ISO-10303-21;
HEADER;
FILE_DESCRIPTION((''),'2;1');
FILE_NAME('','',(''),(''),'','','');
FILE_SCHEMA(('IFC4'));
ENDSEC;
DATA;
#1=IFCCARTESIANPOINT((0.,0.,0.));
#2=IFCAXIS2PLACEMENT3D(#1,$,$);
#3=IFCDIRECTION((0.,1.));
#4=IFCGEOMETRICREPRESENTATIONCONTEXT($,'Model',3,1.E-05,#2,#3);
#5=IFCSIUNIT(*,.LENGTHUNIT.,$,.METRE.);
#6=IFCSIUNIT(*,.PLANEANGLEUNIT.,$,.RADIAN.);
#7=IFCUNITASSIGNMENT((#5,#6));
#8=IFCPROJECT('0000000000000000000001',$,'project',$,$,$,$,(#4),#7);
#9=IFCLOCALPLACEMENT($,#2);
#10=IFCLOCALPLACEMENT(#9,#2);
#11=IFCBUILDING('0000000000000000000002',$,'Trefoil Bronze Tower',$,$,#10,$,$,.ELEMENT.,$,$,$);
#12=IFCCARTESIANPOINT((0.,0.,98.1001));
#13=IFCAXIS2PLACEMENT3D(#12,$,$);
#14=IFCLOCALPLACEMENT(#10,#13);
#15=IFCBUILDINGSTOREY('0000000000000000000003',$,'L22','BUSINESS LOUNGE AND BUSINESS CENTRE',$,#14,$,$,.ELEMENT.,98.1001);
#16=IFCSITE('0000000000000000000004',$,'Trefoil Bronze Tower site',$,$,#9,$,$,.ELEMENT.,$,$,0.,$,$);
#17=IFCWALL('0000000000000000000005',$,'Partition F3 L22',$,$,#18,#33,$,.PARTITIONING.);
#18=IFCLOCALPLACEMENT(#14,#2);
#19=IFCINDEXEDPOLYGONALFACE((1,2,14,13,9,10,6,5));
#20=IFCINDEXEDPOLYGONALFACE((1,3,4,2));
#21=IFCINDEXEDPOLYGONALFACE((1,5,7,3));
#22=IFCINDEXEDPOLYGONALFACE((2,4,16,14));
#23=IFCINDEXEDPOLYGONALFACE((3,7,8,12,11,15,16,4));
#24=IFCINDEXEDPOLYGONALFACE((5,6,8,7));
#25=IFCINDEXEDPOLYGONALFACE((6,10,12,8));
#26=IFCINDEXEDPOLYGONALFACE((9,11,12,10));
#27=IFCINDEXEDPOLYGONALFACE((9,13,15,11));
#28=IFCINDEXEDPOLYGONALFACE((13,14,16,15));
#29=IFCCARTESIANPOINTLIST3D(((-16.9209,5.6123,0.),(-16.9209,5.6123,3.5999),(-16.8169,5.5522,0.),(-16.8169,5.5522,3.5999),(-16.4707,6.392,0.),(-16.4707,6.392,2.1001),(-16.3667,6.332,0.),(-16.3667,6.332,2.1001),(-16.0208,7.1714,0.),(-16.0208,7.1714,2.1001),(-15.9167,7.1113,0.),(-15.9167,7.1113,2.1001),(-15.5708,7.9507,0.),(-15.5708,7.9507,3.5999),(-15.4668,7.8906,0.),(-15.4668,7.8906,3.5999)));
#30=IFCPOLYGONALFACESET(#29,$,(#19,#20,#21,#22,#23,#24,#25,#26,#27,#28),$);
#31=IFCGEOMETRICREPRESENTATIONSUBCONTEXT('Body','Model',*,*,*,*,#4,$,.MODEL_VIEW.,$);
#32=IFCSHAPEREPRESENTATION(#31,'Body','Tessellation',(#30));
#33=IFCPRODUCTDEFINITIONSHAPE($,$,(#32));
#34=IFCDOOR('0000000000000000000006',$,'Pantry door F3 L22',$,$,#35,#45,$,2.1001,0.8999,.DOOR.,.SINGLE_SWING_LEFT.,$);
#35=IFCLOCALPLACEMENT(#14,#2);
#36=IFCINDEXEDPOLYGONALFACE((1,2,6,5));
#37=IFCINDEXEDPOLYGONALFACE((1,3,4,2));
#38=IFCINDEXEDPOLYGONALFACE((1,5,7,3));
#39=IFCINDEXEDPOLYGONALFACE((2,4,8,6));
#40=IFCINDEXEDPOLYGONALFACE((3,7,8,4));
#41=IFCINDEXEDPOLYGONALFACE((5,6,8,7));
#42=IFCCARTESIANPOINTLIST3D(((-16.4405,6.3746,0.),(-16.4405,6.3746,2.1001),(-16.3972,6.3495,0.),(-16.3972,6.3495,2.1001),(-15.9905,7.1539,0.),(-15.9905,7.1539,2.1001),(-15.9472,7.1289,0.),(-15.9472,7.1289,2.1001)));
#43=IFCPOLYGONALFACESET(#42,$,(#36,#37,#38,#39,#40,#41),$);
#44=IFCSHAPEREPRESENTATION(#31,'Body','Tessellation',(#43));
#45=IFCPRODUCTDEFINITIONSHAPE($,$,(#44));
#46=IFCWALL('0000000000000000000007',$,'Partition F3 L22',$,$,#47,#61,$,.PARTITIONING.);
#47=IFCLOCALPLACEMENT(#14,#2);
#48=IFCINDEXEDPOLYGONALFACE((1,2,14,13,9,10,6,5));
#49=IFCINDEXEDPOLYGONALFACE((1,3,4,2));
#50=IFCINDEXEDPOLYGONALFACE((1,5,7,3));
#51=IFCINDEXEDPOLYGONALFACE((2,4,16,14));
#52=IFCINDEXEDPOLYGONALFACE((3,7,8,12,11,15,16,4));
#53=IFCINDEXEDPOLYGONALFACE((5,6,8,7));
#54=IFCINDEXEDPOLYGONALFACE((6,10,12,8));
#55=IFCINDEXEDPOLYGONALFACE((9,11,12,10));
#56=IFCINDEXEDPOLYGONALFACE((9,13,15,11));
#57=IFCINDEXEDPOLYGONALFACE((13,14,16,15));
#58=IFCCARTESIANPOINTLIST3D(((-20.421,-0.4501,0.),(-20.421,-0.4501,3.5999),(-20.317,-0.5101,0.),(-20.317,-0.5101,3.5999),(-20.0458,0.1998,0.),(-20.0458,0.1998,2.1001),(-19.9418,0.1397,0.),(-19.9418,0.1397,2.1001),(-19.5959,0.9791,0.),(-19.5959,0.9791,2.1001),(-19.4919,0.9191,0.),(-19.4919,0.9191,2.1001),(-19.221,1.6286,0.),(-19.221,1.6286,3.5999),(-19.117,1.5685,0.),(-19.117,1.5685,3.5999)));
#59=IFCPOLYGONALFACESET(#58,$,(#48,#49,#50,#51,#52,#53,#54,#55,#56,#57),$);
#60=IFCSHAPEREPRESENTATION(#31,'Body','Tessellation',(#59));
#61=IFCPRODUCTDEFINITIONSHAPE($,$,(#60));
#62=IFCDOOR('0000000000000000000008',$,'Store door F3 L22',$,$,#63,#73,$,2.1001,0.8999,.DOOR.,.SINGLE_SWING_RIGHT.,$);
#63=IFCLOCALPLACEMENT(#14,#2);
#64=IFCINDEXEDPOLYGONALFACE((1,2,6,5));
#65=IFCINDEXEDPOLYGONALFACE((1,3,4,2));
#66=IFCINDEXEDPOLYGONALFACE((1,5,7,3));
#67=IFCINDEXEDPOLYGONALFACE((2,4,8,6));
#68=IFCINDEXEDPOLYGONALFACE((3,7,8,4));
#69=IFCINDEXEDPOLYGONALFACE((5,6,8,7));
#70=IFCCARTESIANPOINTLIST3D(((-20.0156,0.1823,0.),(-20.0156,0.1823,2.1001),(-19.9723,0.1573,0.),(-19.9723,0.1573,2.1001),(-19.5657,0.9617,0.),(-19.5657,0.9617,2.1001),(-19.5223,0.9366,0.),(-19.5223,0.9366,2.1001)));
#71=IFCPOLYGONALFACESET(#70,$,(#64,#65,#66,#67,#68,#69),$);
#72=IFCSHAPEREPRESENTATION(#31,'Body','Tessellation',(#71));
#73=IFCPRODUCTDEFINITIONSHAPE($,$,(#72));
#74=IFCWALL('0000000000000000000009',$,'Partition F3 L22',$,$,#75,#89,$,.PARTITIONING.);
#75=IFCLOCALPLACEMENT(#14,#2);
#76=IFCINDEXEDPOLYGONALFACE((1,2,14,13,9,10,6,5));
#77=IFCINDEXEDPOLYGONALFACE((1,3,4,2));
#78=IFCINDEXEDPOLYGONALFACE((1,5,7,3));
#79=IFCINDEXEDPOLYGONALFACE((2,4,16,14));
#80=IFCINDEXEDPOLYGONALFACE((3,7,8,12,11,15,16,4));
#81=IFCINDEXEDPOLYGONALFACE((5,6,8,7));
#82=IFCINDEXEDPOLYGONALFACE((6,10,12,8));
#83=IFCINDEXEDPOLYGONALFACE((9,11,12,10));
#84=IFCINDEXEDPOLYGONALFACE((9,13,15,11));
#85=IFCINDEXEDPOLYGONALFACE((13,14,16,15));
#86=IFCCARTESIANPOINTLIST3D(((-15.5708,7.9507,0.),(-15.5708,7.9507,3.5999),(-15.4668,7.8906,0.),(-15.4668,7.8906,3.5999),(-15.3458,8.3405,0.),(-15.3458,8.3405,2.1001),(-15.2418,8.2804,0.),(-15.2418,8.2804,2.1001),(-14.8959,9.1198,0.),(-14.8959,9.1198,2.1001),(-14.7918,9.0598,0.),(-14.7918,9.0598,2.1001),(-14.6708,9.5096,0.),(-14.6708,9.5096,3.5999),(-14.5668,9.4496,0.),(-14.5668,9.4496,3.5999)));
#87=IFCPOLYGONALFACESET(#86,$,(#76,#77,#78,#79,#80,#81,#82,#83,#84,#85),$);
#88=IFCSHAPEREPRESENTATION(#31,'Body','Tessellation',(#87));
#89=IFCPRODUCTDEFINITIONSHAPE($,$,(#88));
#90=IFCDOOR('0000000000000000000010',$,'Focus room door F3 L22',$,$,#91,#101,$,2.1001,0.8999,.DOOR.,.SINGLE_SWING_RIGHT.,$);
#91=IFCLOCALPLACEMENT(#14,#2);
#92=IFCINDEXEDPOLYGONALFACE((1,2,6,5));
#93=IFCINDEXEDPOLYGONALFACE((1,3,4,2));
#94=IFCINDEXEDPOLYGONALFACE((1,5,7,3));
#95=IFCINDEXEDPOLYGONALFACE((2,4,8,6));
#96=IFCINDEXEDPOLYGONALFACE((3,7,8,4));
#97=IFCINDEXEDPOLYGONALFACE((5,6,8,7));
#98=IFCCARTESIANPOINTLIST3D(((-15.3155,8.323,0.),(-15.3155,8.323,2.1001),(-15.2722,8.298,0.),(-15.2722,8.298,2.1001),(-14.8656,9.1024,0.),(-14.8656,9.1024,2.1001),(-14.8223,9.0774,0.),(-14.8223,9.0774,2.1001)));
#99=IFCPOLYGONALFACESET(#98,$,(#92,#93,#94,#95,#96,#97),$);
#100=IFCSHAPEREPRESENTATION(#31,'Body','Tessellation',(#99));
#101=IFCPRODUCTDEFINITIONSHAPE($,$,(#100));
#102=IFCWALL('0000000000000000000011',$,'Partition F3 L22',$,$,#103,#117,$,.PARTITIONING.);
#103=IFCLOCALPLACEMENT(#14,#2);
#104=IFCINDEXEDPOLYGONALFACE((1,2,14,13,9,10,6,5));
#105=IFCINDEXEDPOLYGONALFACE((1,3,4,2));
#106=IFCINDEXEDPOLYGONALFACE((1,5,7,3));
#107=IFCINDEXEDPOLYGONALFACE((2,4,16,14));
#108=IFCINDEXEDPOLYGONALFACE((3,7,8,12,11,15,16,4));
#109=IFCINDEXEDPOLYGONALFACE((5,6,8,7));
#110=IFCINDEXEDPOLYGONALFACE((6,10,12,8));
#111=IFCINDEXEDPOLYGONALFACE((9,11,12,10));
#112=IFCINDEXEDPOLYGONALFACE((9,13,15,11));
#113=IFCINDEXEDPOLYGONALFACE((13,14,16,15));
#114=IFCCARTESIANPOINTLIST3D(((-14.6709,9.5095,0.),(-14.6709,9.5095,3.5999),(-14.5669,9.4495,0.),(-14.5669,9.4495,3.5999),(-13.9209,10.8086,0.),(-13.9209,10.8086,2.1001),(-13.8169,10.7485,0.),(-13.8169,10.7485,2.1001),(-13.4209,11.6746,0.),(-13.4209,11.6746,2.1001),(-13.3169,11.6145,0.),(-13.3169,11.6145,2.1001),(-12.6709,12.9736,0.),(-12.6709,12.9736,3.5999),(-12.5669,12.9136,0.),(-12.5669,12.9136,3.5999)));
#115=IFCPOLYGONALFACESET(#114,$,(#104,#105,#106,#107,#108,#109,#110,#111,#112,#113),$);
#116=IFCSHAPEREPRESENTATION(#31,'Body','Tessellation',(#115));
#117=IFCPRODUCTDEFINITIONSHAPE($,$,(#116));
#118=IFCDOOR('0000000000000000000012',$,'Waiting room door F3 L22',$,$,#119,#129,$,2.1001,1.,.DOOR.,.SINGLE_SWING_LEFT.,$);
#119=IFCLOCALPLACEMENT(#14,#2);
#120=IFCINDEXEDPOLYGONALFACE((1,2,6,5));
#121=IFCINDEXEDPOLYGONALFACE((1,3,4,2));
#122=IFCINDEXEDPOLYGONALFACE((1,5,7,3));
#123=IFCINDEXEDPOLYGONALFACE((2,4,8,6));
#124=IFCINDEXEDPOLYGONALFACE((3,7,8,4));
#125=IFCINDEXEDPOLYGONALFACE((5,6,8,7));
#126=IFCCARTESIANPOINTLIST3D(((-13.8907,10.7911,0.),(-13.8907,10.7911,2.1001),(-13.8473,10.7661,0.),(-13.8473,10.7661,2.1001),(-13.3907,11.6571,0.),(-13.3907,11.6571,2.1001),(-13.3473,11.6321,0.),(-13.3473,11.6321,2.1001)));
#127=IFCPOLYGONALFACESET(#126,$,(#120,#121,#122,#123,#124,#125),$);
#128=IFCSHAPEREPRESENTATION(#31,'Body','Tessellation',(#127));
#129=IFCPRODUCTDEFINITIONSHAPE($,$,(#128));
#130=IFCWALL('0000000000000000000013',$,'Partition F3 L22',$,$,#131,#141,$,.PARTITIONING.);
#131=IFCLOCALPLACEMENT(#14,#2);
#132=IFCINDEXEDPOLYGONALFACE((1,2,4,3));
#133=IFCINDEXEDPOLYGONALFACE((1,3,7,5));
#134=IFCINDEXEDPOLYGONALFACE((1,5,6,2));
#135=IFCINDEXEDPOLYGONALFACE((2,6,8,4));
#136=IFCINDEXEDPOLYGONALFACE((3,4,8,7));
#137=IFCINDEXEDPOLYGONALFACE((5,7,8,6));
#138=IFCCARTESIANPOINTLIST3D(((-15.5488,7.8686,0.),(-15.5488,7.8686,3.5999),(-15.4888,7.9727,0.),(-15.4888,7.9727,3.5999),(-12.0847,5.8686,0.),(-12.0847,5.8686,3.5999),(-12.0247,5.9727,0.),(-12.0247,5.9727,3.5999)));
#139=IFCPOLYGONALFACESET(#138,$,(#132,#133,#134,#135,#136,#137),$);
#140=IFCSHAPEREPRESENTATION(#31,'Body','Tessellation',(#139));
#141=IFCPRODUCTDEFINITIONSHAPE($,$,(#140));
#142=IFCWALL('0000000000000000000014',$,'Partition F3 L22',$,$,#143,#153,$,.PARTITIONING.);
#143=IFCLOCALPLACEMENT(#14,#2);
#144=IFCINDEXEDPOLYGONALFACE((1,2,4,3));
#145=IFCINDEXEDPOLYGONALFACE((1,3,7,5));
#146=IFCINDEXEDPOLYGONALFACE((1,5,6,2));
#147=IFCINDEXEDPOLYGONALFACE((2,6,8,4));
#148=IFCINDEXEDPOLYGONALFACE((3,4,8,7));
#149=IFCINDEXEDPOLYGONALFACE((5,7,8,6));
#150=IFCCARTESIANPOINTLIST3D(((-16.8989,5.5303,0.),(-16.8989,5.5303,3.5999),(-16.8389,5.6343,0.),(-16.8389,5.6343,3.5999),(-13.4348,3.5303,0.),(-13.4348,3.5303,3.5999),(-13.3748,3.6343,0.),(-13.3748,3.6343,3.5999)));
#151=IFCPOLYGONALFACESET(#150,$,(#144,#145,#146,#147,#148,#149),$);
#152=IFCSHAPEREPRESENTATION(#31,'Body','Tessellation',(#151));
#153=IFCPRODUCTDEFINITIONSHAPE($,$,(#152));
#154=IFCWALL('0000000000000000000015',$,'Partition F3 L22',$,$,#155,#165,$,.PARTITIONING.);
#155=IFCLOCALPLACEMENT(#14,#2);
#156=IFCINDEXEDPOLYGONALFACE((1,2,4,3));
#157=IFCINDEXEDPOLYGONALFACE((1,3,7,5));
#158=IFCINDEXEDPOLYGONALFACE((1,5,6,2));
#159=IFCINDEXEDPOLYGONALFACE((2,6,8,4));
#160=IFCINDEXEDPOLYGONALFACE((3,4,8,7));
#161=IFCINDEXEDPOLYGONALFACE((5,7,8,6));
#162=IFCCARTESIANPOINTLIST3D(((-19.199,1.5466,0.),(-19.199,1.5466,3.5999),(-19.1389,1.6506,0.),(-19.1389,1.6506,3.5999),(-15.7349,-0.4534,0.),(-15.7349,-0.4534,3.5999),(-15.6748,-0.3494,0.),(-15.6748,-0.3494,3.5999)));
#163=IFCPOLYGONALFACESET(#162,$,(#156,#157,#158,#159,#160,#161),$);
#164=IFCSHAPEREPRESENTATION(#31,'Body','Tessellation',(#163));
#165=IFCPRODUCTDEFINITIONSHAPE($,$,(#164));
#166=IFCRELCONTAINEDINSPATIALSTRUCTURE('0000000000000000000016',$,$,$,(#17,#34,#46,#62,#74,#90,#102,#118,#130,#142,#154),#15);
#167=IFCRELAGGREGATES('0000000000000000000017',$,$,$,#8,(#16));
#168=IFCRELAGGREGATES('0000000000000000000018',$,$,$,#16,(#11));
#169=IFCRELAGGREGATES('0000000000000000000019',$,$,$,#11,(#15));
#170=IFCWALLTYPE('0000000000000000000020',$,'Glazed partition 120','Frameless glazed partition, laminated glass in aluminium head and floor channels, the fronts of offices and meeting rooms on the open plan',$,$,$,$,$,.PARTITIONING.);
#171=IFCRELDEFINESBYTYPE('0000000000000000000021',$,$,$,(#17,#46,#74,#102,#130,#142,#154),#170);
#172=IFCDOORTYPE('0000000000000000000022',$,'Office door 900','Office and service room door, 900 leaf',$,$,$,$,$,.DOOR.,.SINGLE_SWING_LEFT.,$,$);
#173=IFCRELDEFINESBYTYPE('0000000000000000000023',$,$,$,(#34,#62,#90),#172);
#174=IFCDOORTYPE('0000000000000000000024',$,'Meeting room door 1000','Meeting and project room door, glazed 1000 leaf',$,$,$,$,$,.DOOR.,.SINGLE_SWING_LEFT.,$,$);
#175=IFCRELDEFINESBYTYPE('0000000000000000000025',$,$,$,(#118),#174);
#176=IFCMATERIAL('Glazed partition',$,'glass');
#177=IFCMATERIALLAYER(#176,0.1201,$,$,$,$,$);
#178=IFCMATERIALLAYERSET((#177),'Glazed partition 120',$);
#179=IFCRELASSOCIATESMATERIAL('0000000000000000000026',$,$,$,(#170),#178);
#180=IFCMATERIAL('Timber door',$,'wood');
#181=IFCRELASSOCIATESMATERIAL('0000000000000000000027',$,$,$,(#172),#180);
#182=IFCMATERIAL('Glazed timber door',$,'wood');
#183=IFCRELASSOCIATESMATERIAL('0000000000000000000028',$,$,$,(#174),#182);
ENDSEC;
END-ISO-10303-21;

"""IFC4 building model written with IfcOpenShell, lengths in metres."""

from ifc_helpers import new_model, si_unit, direction, frame, frame_2d, origin, place, context, subcontext, project, spatial, rectangle, extrude, material, layer, layer_set, type_object, element, fill, save


model = new_model("IFC4")

# Units and contexts
model_context = context("Model", 3, precision=1e-05, world=origin(), true_north=direction((0.0, 1.0)))
body_context = subcontext(model_context, "Body", "Model", "MODEL_VIEW")
ifc_project = project(units=[si_unit("LENGTHUNIT", "METRE"), si_unit("PLANEANGLEUNIT", "RADIAN")], contexts=[model_context])

# Site, building, storey
site_placement = place(None, origin())
site = spatial("IfcSite", under=ifc_project, at=site_placement, Name="Trefoil Bronze Tower site", CompositionType="ELEMENT", RefElevation=0.0)
building_placement = place(site_placement, origin())
building = spatial("IfcBuilding", under=site, at=building_placement, Name="Trefoil Bronze Tower", CompositionType="ELEMENT")
storey_placement = place(building_placement, frame((0.0, 0.0, 98.1001)))
storey = spatial("IfcBuildingStorey", under=building, at=storey_placement, Name="L22", Description="BUSINESS LOUNGE AND BUSINESS CENTRE", CompositionType="ELEMENT", Elevation=98.1001)

# Walls, openings, doors
ifc_material_1 = material(Name="Glazed partition", Category="glass")
ifc_layer_1 = layer(ifc_material_1, 0.1201)
ifc_layer_set_1 = layer_set([ifc_layer_1], Name="Glazed partition 120")
wall_type_1 = type_object("IfcWallType", Name="Glazed partition 120", Description="Frameless glazed partition, laminated glass in aluminium head and floor channels, the fronts of offices and meeting rooms on the open plan", PredefinedType="PARTITIONING", material=ifc_layer_set_1)
wall_1_placement = place(storey_placement, frame((-15.5188, 7.9207, 0.0), z_axis=(0.0, 0.0, 1.0), x_axis=(-0.500009, -0.86602, 0.0)))
wall_1 = element("IfcWall", 1, at=wall_1_placement, inside=storey, type_object=wall_type_1, Name="Partition F3 L22", PredefinedType="PARTITIONING", context=body_context, shape_type="SweptSolid", body=[
    extrude(rectangle(XDim=2.7002, YDim=0.1201, at=frame_2d((1.3501, 0.0))), origin(), (0.0, 0.0, 1.0), 3.5999),
])
opening_1_placement = place(wall_1_placement, frame((0.8999, 0.0, 0.0)))
opening_1 = element("IfcOpeningElement", 2, at=opening_1_placement, cuts=wall_1, PredefinedType="OPENING", context=body_context, shape_type="SweptSolid", body=[
    extrude(rectangle(XDim=0.8999, YDim=2.1001, at=frame_2d((0.45, 1.05))), frame((0.0, 0.0701, 0.0), z_axis=(0.0, -1.0, 0.0), x_axis=(1.0, 0.0, 0.0)), (0.0, 0.0, 1.0), 0.1401),
])
ifc_material_2 = material(Name="Timber door", Category="wood")
door_type_1 = type_object("IfcDoorType", Name="Office door 900", Description="Office and service room door, 900 leaf", OperationType="SINGLE_SWING_LEFT", PredefinedType="DOOR", material=ifc_material_2)
door_1_placement = place(opening_1_placement, origin())
door_1 = element("IfcDoor", 3, at=door_1_placement, inside=storey, type_object=door_type_1, Name="Pantry door F3 L22", OperationType="SINGLE_SWING_LEFT", OverallHeight=2.1001, OverallWidth=0.8999, PredefinedType="DOOR", context=body_context, shape_type="SweptSolid", body=[
    extrude(rectangle(XDim=0.8999, YDim=2.1001, at=frame_2d((0.45, 1.05))), frame((0.0, 0.0249, 0.0), z_axis=(0.0, -1.0, 0.0), x_axis=(1.0, 0.0, 0.0)), (0.0, 0.0, 1.0), 0.05),
])
fill(opening_1, door_1)
wall_2_placement = place(storey_placement, frame((-19.1689, 1.5986, 0.0), z_axis=(0.0, 0.0, 1.0), x_axis=(-0.499957, -0.86605, 0.0)))
wall_2 = element("IfcWall", 4, at=wall_2_placement, inside=storey, type_object=wall_type_1, Name="Partition F3 L22", PredefinedType="PARTITIONING", context=body_context, shape_type="SweptSolid", body=[
    extrude(rectangle(XDim=2.4001, YDim=0.1201, at=frame_2d((1.2002, 0.0))), origin(), (0.0, 0.0, 1.0), 3.5999),
])
opening_2_placement = place(wall_2_placement, frame((0.75, 0.0, 0.0)))
opening_2 = element("IfcOpeningElement", 5, at=opening_2_placement, cuts=wall_2, PredefinedType="OPENING", context=body_context, shape_type="SweptSolid", body=[
    extrude(rectangle(XDim=0.8999, YDim=2.1001, at=frame_2d((0.45, 1.05))), frame((0.0, 0.0701, 0.0), z_axis=(0.0, -1.0, 0.0), x_axis=(1.0, 0.0, 0.0)), (0.0, 0.0, 1.0), 0.1401),
])
door_2_placement = place(opening_2_placement, origin())
door_2 = element("IfcDoor", 6, at=door_2_placement, inside=storey, type_object=door_type_1, Name="Store door F3 L22", OperationType="SINGLE_SWING_RIGHT", OverallHeight=2.1001, OverallWidth=0.8999, PredefinedType="DOOR", context=body_context, shape_type="SweptSolid", body=[
    extrude(rectangle(XDim=0.8999, YDim=2.1001, at=frame_2d((0.45, 1.05))), frame((0.0, 0.0249, 0.0), z_axis=(0.0, -1.0, 0.0), x_axis=(1.0, 0.0, 0.0)), (0.0, 0.0, 1.0), 0.05),
])
fill(opening_2, door_2)
wall_3_placement = place(storey_placement, frame((-14.6189, 9.4795, 0.0), z_axis=(0.0, 0.0, 1.0), x_axis=(-0.499961, -0.866048, 0.0)))
wall_3 = element("IfcWall", 7, at=wall_3_placement, inside=storey, type_object=wall_type_1, Name="Partition F3 L22", PredefinedType="PARTITIONING", context=body_context, shape_type="SweptSolid", body=[
    extrude(rectangle(XDim=1.8, YDim=0.1201, at=frame_2d((0.8999, 0.0))), origin(), (0.0, 0.0, 1.0), 3.5999),
])
opening_3_placement = place(wall_3_placement, frame((0.45, 0.0, 0.0)))
opening_3 = element("IfcOpeningElement", 8, at=opening_3_placement, cuts=wall_3, PredefinedType="OPENING", context=body_context, shape_type="SweptSolid", body=[
    extrude(rectangle(XDim=0.8999, YDim=2.1001, at=frame_2d((0.45, 1.05))), frame((0.0, 0.0701, 0.0), z_axis=(0.0, -1.0, 0.0), x_axis=(1.0, 0.0, 0.0)), (0.0, 0.0, 1.0), 0.1401),
])
door_3_placement = place(opening_3_placement, origin())
door_3 = element("IfcDoor", 9, at=door_3_placement, inside=storey, type_object=door_type_1, Name="Focus room door F3 L22", OperationType="SINGLE_SWING_RIGHT", OverallHeight=2.1001, OverallWidth=0.8999, PredefinedType="DOOR", context=body_context, shape_type="SweptSolid", body=[
    extrude(rectangle(XDim=0.8999, YDim=2.1001, at=frame_2d((0.45, 1.05))), frame((0.0, 0.0249, 0.0), z_axis=(0.0, -1.0, 0.0), x_axis=(1.0, 0.0, 0.0)), (0.0, 0.0, 1.0), 0.05),
])
fill(opening_3, door_3)
wall_4_placement = place(storey_placement, frame((-12.6189, 12.9436, 0.0), z_axis=(0.0, 0.0, 1.0), x_axis=(-0.499999, -0.866026, 0.0)))
wall_4 = element("IfcWall", 10, at=wall_4_placement, inside=storey, type_object=wall_type_1, Name="Partition F3 L22", PredefinedType="PARTITIONING", context=body_context, shape_type="SweptSolid", body=[
    extrude(rectangle(XDim=4.0, YDim=0.1201, at=frame_2d((2.0, 0.0))), origin(), (0.0, 0.0, 1.0), 3.5999),
])
opening_4_placement = place(wall_4_placement, frame((1.5, 0.0, 0.0)))
opening_4 = element("IfcOpeningElement", 11, at=opening_4_placement, cuts=wall_4, PredefinedType="OPENING", context=body_context, shape_type="SweptSolid", body=[
    extrude(rectangle(XDim=1.0, YDim=2.1001, at=frame_2d((0.5, 1.05))), frame((0.0, 0.0701, 0.0), z_axis=(0.0, -1.0, 0.0), x_axis=(1.0, 0.0, 0.0)), (0.0, 0.0, 1.0), 0.1401),
])
ifc_material_3 = material(Name="Glazed timber door", Category="wood")
door_type_2 = type_object("IfcDoorType", Name="Meeting room door 1000", Description="Meeting and project room door, glazed 1000 leaf", OperationType="SINGLE_SWING_LEFT", PredefinedType="DOOR", material=ifc_material_3)
door_4_placement = place(opening_4_placement, origin())
door_4 = element("IfcDoor", 12, at=door_4_placement, inside=storey, type_object=door_type_2, Name="Waiting room door F3 L22", OperationType="SINGLE_SWING_LEFT", OverallHeight=2.1001, OverallWidth=1.0, PredefinedType="DOOR", context=body_context, shape_type="SweptSolid", body=[
    extrude(rectangle(XDim=1.0, YDim=2.1001, at=frame_2d((0.5, 1.05))), frame((0.0, 0.0249, 0.0), z_axis=(0.0, -1.0, 0.0), x_axis=(1.0, 0.0, 0.0)), (0.0, 0.0, 1.0), 0.05),
])
fill(opening_4, door_4)

# Walls
for number, where, z_axis, x_axis, name in (
    (13, (-12.0547, 5.9207, 0.0), (0.0, 0.0, 1.0), (-0.866026, 0.499999, 0.0), "Partition F3 L22"),
    (14, (-13.4048, 3.5823, 0.0), (0.0, 0.0, 1.0), (-0.866026, 0.499999, 0.0), "Partition F3 L22"),
    (15, (-15.7048, -0.4014, 0.0), (0.0, 0.0, 1.0), (-0.866026, 0.499999, 0.0), "Partition F3 L22"),
):
    element("IfcWall", number, at=place(storey_placement, frame(where, z_axis=z_axis, x_axis=x_axis)), inside=storey, type_object=wall_type_1, Name=name, PredefinedType="PARTITIONING", context=body_context, shape_type="SweptSolid", body=[
        extrude(rectangle(XDim=4.0, YDim=0.1201, at=frame_2d((2.0, 0.0))), origin(), (0.0, 0.0, 1.0), 3.5999),
    ])

save(model, "model.ifc")
